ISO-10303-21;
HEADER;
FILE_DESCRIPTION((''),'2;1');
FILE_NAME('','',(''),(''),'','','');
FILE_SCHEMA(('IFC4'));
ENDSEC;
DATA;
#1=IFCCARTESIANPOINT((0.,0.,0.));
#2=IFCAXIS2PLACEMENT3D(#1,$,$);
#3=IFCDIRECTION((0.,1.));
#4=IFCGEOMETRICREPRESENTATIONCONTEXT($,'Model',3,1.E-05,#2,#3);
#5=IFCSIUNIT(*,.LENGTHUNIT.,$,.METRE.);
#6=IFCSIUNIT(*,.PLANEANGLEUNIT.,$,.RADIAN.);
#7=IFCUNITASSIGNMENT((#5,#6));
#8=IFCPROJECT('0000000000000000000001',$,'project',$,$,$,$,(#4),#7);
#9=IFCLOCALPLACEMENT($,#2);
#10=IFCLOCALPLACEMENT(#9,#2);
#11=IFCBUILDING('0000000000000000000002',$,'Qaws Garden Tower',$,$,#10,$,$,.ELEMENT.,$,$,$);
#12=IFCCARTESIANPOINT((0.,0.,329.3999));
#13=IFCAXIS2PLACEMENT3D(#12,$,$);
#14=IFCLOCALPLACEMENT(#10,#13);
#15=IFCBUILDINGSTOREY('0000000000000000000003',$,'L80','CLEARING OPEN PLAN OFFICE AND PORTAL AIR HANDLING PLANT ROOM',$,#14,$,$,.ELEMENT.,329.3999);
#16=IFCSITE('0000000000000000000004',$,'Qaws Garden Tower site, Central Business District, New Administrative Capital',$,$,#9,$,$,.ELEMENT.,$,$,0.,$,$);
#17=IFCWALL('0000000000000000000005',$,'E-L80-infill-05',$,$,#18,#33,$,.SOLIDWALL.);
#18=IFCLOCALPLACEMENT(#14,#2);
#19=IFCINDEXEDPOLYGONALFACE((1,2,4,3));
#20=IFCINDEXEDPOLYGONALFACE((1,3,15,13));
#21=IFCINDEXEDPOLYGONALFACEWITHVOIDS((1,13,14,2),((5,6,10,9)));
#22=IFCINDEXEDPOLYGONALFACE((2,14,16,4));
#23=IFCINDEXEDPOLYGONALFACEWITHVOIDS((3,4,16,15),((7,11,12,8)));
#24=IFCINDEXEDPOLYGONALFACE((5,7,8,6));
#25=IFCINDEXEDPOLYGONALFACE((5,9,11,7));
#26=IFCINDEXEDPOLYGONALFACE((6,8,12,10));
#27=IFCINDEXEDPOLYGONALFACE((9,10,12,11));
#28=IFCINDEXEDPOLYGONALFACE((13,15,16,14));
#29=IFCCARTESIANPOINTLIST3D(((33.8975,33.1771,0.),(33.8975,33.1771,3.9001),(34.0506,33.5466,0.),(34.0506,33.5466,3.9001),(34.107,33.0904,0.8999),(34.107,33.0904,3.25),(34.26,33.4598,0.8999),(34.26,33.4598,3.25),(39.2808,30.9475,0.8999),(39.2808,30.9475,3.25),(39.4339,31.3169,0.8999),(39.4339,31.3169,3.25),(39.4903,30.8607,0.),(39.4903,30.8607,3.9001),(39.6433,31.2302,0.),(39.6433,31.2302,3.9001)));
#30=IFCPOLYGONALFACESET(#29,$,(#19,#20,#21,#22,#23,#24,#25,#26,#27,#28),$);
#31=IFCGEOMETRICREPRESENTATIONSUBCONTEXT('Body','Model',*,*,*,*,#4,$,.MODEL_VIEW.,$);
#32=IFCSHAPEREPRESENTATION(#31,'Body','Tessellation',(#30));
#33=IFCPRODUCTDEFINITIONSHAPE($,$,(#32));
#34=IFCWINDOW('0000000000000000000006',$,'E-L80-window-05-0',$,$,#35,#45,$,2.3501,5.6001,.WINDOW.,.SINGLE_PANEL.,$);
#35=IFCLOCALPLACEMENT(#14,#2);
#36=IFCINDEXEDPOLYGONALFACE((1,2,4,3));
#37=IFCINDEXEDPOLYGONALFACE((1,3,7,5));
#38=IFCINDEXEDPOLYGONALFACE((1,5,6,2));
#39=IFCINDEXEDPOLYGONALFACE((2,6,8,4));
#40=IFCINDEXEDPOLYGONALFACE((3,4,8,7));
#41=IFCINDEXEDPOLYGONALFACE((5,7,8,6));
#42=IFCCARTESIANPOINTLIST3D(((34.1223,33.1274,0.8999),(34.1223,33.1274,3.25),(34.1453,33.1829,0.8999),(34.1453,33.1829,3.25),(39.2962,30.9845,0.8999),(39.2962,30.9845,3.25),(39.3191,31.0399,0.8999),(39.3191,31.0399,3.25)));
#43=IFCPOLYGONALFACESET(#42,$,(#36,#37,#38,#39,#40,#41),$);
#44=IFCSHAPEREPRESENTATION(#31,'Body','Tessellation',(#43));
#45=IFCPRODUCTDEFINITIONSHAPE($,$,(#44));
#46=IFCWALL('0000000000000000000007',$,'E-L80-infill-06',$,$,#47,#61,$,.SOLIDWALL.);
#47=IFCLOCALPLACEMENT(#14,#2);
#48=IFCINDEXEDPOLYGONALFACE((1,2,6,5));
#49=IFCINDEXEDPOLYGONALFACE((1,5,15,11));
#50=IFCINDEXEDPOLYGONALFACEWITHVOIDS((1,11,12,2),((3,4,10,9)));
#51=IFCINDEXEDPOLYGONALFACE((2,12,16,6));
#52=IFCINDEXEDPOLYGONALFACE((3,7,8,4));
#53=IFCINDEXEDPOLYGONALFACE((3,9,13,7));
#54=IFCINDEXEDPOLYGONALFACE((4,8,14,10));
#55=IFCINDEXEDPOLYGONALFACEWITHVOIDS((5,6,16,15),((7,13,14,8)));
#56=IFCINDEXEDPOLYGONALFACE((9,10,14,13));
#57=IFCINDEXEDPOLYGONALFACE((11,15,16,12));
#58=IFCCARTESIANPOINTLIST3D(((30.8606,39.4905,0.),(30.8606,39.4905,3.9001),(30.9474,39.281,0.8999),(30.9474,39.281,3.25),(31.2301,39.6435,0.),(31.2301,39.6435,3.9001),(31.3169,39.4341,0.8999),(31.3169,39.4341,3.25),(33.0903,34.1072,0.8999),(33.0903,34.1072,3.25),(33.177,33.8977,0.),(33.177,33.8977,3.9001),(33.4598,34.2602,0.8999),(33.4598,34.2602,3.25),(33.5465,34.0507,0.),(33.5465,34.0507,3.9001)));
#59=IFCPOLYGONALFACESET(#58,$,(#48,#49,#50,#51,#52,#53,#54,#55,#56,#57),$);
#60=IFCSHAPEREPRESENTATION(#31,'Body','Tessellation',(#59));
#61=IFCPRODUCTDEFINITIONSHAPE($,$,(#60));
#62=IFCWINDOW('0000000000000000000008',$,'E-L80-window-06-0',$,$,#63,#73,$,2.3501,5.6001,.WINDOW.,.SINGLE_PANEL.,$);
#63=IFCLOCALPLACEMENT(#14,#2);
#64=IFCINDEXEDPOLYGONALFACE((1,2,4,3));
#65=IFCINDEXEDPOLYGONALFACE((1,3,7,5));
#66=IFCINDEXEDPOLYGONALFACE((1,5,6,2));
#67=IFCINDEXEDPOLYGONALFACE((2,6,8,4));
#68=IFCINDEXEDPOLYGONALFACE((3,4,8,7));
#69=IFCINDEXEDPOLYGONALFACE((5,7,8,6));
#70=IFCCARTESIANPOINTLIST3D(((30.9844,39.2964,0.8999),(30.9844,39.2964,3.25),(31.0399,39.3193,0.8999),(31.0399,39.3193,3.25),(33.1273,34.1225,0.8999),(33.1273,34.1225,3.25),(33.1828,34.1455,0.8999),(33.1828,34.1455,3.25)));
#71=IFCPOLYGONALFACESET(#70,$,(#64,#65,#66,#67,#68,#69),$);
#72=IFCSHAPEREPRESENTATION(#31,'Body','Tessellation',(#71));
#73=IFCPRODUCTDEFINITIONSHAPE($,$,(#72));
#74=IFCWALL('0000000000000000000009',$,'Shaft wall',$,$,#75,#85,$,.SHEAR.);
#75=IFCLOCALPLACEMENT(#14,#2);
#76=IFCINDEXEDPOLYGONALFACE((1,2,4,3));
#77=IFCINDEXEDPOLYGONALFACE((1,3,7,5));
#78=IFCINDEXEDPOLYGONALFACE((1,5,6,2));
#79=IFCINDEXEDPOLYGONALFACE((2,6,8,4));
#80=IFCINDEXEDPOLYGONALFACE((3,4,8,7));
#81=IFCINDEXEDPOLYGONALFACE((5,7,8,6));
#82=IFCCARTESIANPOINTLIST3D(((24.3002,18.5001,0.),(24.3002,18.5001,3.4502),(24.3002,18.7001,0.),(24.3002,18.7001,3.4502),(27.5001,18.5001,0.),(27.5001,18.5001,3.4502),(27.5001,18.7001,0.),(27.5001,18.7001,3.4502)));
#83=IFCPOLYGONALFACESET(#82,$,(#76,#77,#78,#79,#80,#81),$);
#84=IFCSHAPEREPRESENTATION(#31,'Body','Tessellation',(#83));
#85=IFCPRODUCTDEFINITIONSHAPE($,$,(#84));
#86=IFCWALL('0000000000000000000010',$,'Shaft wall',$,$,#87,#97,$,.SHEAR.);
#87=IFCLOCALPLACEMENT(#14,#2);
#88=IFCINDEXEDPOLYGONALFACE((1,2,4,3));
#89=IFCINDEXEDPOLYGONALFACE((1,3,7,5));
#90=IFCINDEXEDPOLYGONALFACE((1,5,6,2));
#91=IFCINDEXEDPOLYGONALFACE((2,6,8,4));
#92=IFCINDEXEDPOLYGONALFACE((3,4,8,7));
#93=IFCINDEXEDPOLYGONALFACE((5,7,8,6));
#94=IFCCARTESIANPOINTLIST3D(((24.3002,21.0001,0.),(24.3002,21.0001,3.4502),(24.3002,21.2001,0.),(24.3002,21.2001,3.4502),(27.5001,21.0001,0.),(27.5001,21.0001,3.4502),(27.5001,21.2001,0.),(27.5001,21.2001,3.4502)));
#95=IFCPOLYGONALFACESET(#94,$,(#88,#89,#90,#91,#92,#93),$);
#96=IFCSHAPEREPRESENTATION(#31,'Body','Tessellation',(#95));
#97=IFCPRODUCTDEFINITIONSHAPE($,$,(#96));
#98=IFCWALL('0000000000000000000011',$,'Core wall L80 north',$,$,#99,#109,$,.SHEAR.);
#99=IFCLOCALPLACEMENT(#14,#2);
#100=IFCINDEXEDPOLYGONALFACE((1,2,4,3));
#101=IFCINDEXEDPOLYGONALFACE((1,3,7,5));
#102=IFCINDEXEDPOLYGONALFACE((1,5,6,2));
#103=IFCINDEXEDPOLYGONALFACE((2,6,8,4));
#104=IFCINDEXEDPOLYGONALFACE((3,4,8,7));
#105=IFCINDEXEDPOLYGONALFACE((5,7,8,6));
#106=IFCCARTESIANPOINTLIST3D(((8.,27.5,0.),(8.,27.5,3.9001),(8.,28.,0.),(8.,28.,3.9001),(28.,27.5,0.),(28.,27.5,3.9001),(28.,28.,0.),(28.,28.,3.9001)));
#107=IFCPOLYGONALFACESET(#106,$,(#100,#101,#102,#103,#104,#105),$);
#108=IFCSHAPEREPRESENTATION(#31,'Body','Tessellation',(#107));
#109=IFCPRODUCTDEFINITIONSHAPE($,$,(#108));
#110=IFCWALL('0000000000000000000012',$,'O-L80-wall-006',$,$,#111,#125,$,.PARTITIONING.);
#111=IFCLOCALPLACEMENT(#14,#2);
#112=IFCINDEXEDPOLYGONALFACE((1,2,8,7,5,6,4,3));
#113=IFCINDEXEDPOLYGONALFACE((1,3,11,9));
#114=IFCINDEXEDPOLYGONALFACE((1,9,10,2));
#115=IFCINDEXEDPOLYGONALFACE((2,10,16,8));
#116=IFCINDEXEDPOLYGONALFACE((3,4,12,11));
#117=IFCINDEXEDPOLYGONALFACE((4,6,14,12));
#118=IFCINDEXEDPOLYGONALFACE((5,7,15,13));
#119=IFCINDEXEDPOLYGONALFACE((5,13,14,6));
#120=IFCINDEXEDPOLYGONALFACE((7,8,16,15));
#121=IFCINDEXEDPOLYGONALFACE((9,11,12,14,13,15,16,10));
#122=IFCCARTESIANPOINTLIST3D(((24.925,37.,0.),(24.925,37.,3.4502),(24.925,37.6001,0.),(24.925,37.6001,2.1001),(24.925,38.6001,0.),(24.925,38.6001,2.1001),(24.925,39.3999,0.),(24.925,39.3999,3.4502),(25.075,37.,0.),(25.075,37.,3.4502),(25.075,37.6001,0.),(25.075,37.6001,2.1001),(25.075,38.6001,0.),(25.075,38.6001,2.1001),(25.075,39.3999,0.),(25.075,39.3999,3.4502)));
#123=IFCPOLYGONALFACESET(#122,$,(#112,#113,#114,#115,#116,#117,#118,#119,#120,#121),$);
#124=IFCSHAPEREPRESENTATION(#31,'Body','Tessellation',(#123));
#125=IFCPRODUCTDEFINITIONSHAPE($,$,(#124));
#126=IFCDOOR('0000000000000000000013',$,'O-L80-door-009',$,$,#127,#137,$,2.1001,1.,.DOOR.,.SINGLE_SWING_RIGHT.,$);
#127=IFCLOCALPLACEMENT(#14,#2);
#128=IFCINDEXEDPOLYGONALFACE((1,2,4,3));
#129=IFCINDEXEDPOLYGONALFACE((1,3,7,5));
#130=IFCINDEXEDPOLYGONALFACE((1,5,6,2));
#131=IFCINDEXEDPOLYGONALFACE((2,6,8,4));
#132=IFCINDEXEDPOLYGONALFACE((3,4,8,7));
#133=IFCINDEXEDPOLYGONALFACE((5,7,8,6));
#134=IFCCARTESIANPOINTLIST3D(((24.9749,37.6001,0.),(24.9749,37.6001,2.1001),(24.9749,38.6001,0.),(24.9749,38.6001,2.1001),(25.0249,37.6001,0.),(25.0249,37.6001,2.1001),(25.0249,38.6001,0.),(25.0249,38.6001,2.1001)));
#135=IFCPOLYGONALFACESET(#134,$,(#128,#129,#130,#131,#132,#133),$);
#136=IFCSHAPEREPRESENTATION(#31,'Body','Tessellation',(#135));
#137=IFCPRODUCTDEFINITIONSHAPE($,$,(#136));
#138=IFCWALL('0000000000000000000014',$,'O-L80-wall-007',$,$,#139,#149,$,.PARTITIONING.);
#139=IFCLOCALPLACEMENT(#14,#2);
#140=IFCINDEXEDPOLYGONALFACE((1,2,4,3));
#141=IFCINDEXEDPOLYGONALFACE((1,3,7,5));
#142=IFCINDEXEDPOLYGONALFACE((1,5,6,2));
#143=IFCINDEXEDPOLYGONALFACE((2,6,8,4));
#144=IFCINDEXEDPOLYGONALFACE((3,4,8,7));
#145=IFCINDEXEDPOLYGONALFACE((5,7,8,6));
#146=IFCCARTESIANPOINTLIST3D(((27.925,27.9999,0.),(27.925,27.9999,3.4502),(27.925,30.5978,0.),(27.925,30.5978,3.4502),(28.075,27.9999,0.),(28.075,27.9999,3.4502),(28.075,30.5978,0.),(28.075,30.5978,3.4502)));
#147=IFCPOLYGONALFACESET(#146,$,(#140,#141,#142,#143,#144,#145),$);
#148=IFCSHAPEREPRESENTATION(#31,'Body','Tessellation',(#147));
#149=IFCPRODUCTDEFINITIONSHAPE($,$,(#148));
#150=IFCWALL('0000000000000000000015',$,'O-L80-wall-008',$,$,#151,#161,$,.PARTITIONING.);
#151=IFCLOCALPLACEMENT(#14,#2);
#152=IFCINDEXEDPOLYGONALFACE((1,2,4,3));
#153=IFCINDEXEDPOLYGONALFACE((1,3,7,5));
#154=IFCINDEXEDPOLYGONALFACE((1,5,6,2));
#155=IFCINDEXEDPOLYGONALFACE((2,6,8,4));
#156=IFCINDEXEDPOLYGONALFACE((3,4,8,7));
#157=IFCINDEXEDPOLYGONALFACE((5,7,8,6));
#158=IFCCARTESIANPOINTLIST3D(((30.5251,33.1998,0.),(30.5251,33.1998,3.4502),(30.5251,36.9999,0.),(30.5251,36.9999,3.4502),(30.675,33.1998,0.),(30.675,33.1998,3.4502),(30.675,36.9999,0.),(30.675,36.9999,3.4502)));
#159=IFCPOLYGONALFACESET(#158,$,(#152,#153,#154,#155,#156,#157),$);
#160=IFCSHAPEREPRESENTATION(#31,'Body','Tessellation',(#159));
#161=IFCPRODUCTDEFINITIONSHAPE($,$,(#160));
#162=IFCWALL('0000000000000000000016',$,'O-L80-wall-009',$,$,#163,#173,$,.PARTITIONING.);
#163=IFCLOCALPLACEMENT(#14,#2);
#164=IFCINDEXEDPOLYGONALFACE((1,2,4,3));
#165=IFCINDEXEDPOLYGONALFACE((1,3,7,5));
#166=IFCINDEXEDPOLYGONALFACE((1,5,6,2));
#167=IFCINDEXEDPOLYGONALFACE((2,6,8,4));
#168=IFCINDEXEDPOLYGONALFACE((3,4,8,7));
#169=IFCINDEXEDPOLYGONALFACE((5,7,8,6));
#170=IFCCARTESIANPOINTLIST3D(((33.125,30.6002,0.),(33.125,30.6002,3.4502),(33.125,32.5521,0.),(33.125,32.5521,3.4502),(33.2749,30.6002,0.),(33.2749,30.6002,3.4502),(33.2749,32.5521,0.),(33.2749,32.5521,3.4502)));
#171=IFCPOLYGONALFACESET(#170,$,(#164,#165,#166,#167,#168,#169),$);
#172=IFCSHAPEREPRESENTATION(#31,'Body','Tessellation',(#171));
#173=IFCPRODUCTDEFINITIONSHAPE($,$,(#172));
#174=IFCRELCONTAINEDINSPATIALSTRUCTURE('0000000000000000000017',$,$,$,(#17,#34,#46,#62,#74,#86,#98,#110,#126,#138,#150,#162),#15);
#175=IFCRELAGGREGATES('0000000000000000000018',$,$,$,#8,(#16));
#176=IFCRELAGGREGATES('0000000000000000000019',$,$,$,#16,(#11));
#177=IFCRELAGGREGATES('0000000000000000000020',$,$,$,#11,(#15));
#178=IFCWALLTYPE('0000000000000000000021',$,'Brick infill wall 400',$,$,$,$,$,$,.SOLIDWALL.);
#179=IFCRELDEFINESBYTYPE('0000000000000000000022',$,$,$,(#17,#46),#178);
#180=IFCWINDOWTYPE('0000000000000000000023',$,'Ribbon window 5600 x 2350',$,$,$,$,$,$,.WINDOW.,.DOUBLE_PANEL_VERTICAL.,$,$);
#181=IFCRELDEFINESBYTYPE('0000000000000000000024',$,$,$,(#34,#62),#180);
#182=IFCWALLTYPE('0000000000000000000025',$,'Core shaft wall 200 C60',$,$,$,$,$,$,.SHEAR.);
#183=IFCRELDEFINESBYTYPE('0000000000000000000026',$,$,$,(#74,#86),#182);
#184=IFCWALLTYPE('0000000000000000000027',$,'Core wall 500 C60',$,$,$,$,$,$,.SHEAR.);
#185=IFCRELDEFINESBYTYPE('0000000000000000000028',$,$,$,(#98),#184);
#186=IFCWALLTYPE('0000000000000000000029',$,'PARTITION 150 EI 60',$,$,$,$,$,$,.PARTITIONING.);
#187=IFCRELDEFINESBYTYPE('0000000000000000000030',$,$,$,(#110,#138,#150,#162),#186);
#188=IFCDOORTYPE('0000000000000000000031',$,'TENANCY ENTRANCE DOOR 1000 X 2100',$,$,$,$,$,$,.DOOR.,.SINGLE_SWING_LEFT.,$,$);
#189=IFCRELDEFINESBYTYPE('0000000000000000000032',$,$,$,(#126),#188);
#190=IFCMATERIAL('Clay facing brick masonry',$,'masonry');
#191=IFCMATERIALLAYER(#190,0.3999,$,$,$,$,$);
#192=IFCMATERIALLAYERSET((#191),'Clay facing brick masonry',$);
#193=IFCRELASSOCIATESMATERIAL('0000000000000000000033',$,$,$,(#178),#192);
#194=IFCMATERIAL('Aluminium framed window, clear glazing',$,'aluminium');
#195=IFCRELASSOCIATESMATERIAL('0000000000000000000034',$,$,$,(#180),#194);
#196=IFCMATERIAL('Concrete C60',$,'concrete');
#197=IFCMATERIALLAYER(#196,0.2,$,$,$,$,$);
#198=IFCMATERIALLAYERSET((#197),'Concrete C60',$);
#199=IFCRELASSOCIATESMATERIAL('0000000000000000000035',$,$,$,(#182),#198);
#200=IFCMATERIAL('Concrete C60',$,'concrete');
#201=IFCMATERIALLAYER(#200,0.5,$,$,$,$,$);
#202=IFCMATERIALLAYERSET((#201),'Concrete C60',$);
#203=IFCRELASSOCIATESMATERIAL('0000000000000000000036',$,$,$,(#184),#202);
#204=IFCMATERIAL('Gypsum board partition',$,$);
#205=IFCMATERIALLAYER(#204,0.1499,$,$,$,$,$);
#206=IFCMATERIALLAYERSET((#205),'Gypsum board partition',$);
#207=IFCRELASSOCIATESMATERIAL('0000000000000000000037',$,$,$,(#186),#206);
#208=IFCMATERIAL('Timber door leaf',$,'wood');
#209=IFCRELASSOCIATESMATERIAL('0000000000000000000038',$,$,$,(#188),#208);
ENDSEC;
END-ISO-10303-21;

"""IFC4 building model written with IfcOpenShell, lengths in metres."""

from ifc_helpers import new_model, si_unit, direction, frame, frame_2d, origin, place, context, subcontext, project, spatial, rectangle, extrude, material, layer, layer_set, type_object, element, fill, save


model = new_model("IFC4")

# Units and contexts
model_context = context("Model", 3, precision=1e-05, world=origin(), true_north=direction((0.0, 1.0)))
body_context = subcontext(model_context, "Body", "Model", "MODEL_VIEW")
ifc_project = project(units=[si_unit("LENGTHUNIT", "METRE"), si_unit("PLANEANGLEUNIT", "RADIAN")], contexts=[model_context])

# Site, building, storey
site_placement = place(None, origin())
site = spatial("IfcSite", under=ifc_project, at=site_placement, Name="Qaws Garden Tower site, Central Business District, New Administrative Capital", CompositionType="ELEMENT", RefElevation=0.0)
building_placement = place(site_placement, origin())
building = spatial("IfcBuilding", under=site, at=building_placement, Name="Qaws Garden Tower", CompositionType="ELEMENT")
storey_placement = place(building_placement, frame((0.0, 0.0, 329.3999)))
storey = spatial("IfcBuildingStorey", under=building, at=storey_placement, Name="L80", Description="CLEARING OPEN PLAN OFFICE AND PORTAL AIR HANDLING PLANT ROOM", CompositionType="ELEMENT", Elevation=329.3999)

# Walls, openings, windows
ifc_material_1 = material(Name="Clay facing brick masonry", Category="masonry")
ifc_layer_1 = layer(ifc_material_1, 0.3999)
ifc_layer_set_1 = layer_set([ifc_layer_1], Name="Clay facing brick masonry")
wall_type_1 = type_object("IfcWallType", Name="Brick infill wall 400", PredefinedType="SOLIDWALL", material=ifc_layer_set_1)
wall_1_placement = place(storey_placement, frame((39.5669, 31.0454, 0.0), z_axis=(0.0, 0.0, 1.0), x_axis=(-0.923891, 0.382656, 0.0)))
wall_1 = element("IfcWall", 1, at=wall_1_placement, inside=storey, type_object=wall_type_1, Name="E-L80-infill-05", PredefinedType="SOLIDWALL", context=body_context, shape_type="SweptSolid", body=[
    extrude(rectangle(XDim=6.0535, YDim=0.3999, at=frame_2d((3.0269, 0.0))), origin(), (0.0, 0.0, 1.0), 3.9001),
])
opening_1_placement = place(wall_1_placement, frame((0.2268, 0.0, 0.8999)))
opening_1 = element("IfcOpeningElement", 2, at=opening_1_placement, cuts=wall_1, PredefinedType="OPENING", context=body_context, shape_type="SweptSolid", body=[
    extrude(rectangle(XDim=5.6001, YDim=2.3501, at=frame_2d((2.8, 1.175))), frame((0.0, 0.21, 0.0), z_axis=(0.0, -1.0, 0.0), x_axis=(1.0, 0.0, 0.0)), (0.0, 0.0, 1.0), 0.4199),
])
ifc_material_2 = material(Name="Aluminium framed window, clear glazing", Category="aluminium")
window_type = type_object("IfcWindowType", Name="Ribbon window 5600 x 2350", PartitioningType="DOUBLE_PANEL_VERTICAL", PredefinedType="WINDOW", material=ifc_material_2)
window_1_placement = place(opening_1_placement, origin())
window_1 = element("IfcWindow", 3, at=window_1_placement, inside=storey, type_object=window_type, Name="E-L80-window-05-0", OverallHeight=2.3501, OverallWidth=5.6001, PartitioningType="SINGLE_PANEL", PredefinedType="WINDOW", context=body_context, shape_type="SweptSolid", body=[
    extrude(rectangle(XDim=5.6001, YDim=2.3501, at=frame_2d((2.8, 1.175))), frame((0.0, 0.1599, 0.0), z_axis=(0.0, -1.0, 0.0), x_axis=(1.0, 0.0, 0.0)), (0.0, 0.0, 1.0), 0.0601),
])
fill(opening_1, window_1)
wall_2_placement = place(storey_placement, frame((33.3618, 33.9741, 0.0), z_axis=(0.0, 0.0, 1.0), x_axis=(-0.382656, 0.923891, 0.0)))
wall_2 = element("IfcWall", 4, at=wall_2_placement, inside=storey, type_object=wall_type_1, Name="E-L80-infill-06", PredefinedType="SOLIDWALL", context=body_context, shape_type="SweptSolid", body=[
    extrude(rectangle(XDim=6.0535, YDim=0.3999, at=frame_2d((3.0269, 0.0))), origin(), (0.0, 0.0, 1.0), 3.9001),
])
opening_2_placement = place(wall_2_placement, frame((0.2268, 0.0, 0.8999)))
opening_2 = element("IfcOpeningElement", 5, at=opening_2_placement, cuts=wall_2, PredefinedType="OPENING", context=body_context, shape_type="SweptSolid", body=[
    extrude(rectangle(XDim=5.6001, YDim=2.3501, at=frame_2d((2.8, 1.175))), frame((0.0, 0.21, 0.0), z_axis=(0.0, -1.0, 0.0), x_axis=(1.0, 0.0, 0.0)), (0.0, 0.0, 1.0), 0.4199),
])
window_2_placement = place(opening_2_placement, origin())
window_2 = element("IfcWindow", 6, at=window_2_placement, inside=storey, type_object=window_type, Name="E-L80-window-06-0", OverallHeight=2.3501, OverallWidth=5.6001, PartitioningType="SINGLE_PANEL", PredefinedType="WINDOW", context=body_context, shape_type="SweptSolid", body=[
    extrude(rectangle(XDim=5.6001, YDim=2.3501, at=frame_2d((2.8, 1.175))), frame((0.0, 0.1599, 0.0), z_axis=(0.0, -1.0, 0.0), x_axis=(1.0, 0.0, 0.0)), (0.0, 0.0, 1.0), 0.0601),
])
fill(opening_2, window_2)

# Walls
ifc_material_3 = material(Name="Concrete C60", Category="concrete")
ifc_layer_2 = layer(ifc_material_3, 0.2)
ifc_layer_set_2 = layer_set([ifc_layer_2], Name="Concrete C60")
wall_type_2 = type_object("IfcWallType", Name="Core shaft wall 200 C60", PredefinedType="SHEAR", material=ifc_layer_set_2)
for number, where, z_axis, x_axis, name in (
    (7, (24.3, 18.6001, 0.0), (0.0, 0.0, 1.0), (1.0, 0.0, 0.0), "Shaft wall"),
    (8, (24.3, 21.1001, 0.0), (0.0, 0.0, 1.0), (1.0, 0.0, 0.0), "Shaft wall"),
):
    element("IfcWall", number, at=place(storey_placement, frame(where, z_axis=z_axis, x_axis=x_axis)), inside=storey, type_object=wall_type_2, Name=name, PredefinedType="SHEAR", context=body_context, shape_type="SweptSolid", body=[
        extrude(rectangle(XDim=3.2, YDim=0.2, at=frame_2d((1.6001, 0.0))), origin(), (0.0, 0.0, 1.0), 3.4502),
    ])
ifc_material_4 = material(Name="Concrete C60", Category="concrete")
ifc_layer_3 = layer(ifc_material_4, 0.5)
ifc_layer_set_3 = layer_set([ifc_layer_3], Name="Concrete C60")
wall_type_3 = type_object("IfcWallType", Name="Core wall 500 C60", PredefinedType="SHEAR", material=ifc_layer_set_3)
wall_3_placement = place(storey_placement, frame((28.0, 27.75, 0.0), z_axis=(0.0, 0.0, 1.0), x_axis=(-1.0, 0.0, 0.0)))
element("IfcWall", 9, at=wall_3_placement, inside=storey, type_object=wall_type_3, Name="Core wall L80 north", PredefinedType="SHEAR", context=body_context, shape_type="SweptSolid", body=[
    extrude(rectangle(XDim=20.0, YDim=0.5, at=frame_2d((10.0, 0.0))), origin(), (0.0, 0.0, 1.0), 3.9001),
])

# Wall, opening, door
ifc_material_5 = material(Name="Gypsum board partition")
ifc_layer_4 = layer(ifc_material_5, 0.1499)
ifc_layer_set_4 = layer_set([ifc_layer_4], Name="Gypsum board partition")
wall_type_4 = type_object("IfcWallType", Name="PARTITION 150 EI 60", PredefinedType="PARTITIONING", material=ifc_layer_set_4)
wall_4_placement = place(storey_placement, frame((25.0, 37.0, 0.0), z_axis=(0.0, 0.0, 1.0), x_axis=(0.0, 1.0, 0.0)))
wall_4 = element("IfcWall", 10, at=wall_4_placement, inside=storey, type_object=wall_type_4, Name="O-L80-wall-006", PredefinedType="PARTITIONING", context=body_context, shape_type="SweptSolid", body=[
    extrude(rectangle(XDim=2.3999, YDim=0.1499, at=frame_2d((1.2, 0.0))), origin(), (0.0, 0.0, 1.0), 3.4502),
])
opening_3_placement = place(wall_4_placement, frame((0.6001, 0.0, 0.0)))
opening_3 = element("IfcOpeningElement", 11, at=opening_3_placement, cuts=wall_4, PredefinedType="OPENING", context=body_context, shape_type="SweptSolid", body=[
    extrude(rectangle(XDim=1.0, YDim=2.1001, at=frame_2d((0.5, 1.05))), frame((0.0, 0.085, 0.0), z_axis=(0.0, -1.0, 0.0), x_axis=(1.0, 0.0, 0.0)), (0.0, 0.0, 1.0), 0.1699),
])
ifc_material_6 = material(Name="Timber door leaf", Category="wood")
door_type = type_object("IfcDoorType", Name="TENANCY ENTRANCE DOOR 1000 X 2100", OperationType="SINGLE_SWING_LEFT", PredefinedType="DOOR", material=ifc_material_6)
door_placement = place(opening_3_placement, frame((1.0, 0.0, 0.0), z_axis=(0.0, 0.0, 1.0), x_axis=(-1.0, 0.0, 0.0)))
door = element("IfcDoor", 12, at=door_placement, inside=storey, type_object=door_type, Name="O-L80-door-009", OperationType="SINGLE_SWING_RIGHT", OverallHeight=2.1001, OverallWidth=1.0, PredefinedType="DOOR", context=body_context, shape_type="SweptSolid", body=[
    extrude(rectangle(XDim=1.0, YDim=2.1001, at=frame_2d((0.5, 1.05))), frame((0.0, 0.0249, 0.0), z_axis=(0.0, -1.0, 0.0), x_axis=(1.0, 0.0, 0.0)), (0.0, 0.0, 1.0), 0.05),
])
fill(opening_3, door)

# Walls
wall_5_placement = place(storey_placement, frame((28.0, 28.0, 0.0), z_axis=(0.0, 0.0, 1.0), x_axis=(0.0, 1.0, 0.0)))
element("IfcWall", 13, at=wall_5_placement, inside=storey, type_object=wall_type_4, Name="O-L80-wall-007", PredefinedType="PARTITIONING", context=body_context, shape_type="SweptSolid", body=[
    extrude(rectangle(XDim=2.5979, YDim=0.1499, at=frame_2d((1.2988, 0.0))), origin(), (0.0, 0.0, 1.0), 3.4502),
])
wall_6_placement = place(storey_placement, frame((30.6001, 33.2, 0.0), z_axis=(0.0, 0.0, 1.0), x_axis=(0.0, 1.0, 0.0)))
element("IfcWall", 14, at=wall_6_placement, inside=storey, type_object=wall_type_4, Name="O-L80-wall-008", PredefinedType="PARTITIONING", context=body_context, shape_type="SweptSolid", body=[
    extrude(rectangle(XDim=3.8, YDim=0.1499, at=frame_2d((1.8999, 0.0))), origin(), (0.0, 0.0, 1.0), 3.4502),
])
wall_7_placement = place(storey_placement, frame((33.2, 30.6001, 0.0), z_axis=(0.0, 0.0, 1.0), x_axis=(0.0, 1.0, 0.0)))
element("IfcWall", 15, at=wall_7_placement, inside=storey, type_object=wall_type_4, Name="O-L80-wall-009", PredefinedType="PARTITIONING", context=body_context, shape_type="SweptSolid", body=[
    extrude(rectangle(XDim=1.9519, YDim=0.1499, at=frame_2d((0.9761, 0.0))), origin(), (0.0, 0.0, 1.0), 3.4502),
])

save(model, "model.ifc")
